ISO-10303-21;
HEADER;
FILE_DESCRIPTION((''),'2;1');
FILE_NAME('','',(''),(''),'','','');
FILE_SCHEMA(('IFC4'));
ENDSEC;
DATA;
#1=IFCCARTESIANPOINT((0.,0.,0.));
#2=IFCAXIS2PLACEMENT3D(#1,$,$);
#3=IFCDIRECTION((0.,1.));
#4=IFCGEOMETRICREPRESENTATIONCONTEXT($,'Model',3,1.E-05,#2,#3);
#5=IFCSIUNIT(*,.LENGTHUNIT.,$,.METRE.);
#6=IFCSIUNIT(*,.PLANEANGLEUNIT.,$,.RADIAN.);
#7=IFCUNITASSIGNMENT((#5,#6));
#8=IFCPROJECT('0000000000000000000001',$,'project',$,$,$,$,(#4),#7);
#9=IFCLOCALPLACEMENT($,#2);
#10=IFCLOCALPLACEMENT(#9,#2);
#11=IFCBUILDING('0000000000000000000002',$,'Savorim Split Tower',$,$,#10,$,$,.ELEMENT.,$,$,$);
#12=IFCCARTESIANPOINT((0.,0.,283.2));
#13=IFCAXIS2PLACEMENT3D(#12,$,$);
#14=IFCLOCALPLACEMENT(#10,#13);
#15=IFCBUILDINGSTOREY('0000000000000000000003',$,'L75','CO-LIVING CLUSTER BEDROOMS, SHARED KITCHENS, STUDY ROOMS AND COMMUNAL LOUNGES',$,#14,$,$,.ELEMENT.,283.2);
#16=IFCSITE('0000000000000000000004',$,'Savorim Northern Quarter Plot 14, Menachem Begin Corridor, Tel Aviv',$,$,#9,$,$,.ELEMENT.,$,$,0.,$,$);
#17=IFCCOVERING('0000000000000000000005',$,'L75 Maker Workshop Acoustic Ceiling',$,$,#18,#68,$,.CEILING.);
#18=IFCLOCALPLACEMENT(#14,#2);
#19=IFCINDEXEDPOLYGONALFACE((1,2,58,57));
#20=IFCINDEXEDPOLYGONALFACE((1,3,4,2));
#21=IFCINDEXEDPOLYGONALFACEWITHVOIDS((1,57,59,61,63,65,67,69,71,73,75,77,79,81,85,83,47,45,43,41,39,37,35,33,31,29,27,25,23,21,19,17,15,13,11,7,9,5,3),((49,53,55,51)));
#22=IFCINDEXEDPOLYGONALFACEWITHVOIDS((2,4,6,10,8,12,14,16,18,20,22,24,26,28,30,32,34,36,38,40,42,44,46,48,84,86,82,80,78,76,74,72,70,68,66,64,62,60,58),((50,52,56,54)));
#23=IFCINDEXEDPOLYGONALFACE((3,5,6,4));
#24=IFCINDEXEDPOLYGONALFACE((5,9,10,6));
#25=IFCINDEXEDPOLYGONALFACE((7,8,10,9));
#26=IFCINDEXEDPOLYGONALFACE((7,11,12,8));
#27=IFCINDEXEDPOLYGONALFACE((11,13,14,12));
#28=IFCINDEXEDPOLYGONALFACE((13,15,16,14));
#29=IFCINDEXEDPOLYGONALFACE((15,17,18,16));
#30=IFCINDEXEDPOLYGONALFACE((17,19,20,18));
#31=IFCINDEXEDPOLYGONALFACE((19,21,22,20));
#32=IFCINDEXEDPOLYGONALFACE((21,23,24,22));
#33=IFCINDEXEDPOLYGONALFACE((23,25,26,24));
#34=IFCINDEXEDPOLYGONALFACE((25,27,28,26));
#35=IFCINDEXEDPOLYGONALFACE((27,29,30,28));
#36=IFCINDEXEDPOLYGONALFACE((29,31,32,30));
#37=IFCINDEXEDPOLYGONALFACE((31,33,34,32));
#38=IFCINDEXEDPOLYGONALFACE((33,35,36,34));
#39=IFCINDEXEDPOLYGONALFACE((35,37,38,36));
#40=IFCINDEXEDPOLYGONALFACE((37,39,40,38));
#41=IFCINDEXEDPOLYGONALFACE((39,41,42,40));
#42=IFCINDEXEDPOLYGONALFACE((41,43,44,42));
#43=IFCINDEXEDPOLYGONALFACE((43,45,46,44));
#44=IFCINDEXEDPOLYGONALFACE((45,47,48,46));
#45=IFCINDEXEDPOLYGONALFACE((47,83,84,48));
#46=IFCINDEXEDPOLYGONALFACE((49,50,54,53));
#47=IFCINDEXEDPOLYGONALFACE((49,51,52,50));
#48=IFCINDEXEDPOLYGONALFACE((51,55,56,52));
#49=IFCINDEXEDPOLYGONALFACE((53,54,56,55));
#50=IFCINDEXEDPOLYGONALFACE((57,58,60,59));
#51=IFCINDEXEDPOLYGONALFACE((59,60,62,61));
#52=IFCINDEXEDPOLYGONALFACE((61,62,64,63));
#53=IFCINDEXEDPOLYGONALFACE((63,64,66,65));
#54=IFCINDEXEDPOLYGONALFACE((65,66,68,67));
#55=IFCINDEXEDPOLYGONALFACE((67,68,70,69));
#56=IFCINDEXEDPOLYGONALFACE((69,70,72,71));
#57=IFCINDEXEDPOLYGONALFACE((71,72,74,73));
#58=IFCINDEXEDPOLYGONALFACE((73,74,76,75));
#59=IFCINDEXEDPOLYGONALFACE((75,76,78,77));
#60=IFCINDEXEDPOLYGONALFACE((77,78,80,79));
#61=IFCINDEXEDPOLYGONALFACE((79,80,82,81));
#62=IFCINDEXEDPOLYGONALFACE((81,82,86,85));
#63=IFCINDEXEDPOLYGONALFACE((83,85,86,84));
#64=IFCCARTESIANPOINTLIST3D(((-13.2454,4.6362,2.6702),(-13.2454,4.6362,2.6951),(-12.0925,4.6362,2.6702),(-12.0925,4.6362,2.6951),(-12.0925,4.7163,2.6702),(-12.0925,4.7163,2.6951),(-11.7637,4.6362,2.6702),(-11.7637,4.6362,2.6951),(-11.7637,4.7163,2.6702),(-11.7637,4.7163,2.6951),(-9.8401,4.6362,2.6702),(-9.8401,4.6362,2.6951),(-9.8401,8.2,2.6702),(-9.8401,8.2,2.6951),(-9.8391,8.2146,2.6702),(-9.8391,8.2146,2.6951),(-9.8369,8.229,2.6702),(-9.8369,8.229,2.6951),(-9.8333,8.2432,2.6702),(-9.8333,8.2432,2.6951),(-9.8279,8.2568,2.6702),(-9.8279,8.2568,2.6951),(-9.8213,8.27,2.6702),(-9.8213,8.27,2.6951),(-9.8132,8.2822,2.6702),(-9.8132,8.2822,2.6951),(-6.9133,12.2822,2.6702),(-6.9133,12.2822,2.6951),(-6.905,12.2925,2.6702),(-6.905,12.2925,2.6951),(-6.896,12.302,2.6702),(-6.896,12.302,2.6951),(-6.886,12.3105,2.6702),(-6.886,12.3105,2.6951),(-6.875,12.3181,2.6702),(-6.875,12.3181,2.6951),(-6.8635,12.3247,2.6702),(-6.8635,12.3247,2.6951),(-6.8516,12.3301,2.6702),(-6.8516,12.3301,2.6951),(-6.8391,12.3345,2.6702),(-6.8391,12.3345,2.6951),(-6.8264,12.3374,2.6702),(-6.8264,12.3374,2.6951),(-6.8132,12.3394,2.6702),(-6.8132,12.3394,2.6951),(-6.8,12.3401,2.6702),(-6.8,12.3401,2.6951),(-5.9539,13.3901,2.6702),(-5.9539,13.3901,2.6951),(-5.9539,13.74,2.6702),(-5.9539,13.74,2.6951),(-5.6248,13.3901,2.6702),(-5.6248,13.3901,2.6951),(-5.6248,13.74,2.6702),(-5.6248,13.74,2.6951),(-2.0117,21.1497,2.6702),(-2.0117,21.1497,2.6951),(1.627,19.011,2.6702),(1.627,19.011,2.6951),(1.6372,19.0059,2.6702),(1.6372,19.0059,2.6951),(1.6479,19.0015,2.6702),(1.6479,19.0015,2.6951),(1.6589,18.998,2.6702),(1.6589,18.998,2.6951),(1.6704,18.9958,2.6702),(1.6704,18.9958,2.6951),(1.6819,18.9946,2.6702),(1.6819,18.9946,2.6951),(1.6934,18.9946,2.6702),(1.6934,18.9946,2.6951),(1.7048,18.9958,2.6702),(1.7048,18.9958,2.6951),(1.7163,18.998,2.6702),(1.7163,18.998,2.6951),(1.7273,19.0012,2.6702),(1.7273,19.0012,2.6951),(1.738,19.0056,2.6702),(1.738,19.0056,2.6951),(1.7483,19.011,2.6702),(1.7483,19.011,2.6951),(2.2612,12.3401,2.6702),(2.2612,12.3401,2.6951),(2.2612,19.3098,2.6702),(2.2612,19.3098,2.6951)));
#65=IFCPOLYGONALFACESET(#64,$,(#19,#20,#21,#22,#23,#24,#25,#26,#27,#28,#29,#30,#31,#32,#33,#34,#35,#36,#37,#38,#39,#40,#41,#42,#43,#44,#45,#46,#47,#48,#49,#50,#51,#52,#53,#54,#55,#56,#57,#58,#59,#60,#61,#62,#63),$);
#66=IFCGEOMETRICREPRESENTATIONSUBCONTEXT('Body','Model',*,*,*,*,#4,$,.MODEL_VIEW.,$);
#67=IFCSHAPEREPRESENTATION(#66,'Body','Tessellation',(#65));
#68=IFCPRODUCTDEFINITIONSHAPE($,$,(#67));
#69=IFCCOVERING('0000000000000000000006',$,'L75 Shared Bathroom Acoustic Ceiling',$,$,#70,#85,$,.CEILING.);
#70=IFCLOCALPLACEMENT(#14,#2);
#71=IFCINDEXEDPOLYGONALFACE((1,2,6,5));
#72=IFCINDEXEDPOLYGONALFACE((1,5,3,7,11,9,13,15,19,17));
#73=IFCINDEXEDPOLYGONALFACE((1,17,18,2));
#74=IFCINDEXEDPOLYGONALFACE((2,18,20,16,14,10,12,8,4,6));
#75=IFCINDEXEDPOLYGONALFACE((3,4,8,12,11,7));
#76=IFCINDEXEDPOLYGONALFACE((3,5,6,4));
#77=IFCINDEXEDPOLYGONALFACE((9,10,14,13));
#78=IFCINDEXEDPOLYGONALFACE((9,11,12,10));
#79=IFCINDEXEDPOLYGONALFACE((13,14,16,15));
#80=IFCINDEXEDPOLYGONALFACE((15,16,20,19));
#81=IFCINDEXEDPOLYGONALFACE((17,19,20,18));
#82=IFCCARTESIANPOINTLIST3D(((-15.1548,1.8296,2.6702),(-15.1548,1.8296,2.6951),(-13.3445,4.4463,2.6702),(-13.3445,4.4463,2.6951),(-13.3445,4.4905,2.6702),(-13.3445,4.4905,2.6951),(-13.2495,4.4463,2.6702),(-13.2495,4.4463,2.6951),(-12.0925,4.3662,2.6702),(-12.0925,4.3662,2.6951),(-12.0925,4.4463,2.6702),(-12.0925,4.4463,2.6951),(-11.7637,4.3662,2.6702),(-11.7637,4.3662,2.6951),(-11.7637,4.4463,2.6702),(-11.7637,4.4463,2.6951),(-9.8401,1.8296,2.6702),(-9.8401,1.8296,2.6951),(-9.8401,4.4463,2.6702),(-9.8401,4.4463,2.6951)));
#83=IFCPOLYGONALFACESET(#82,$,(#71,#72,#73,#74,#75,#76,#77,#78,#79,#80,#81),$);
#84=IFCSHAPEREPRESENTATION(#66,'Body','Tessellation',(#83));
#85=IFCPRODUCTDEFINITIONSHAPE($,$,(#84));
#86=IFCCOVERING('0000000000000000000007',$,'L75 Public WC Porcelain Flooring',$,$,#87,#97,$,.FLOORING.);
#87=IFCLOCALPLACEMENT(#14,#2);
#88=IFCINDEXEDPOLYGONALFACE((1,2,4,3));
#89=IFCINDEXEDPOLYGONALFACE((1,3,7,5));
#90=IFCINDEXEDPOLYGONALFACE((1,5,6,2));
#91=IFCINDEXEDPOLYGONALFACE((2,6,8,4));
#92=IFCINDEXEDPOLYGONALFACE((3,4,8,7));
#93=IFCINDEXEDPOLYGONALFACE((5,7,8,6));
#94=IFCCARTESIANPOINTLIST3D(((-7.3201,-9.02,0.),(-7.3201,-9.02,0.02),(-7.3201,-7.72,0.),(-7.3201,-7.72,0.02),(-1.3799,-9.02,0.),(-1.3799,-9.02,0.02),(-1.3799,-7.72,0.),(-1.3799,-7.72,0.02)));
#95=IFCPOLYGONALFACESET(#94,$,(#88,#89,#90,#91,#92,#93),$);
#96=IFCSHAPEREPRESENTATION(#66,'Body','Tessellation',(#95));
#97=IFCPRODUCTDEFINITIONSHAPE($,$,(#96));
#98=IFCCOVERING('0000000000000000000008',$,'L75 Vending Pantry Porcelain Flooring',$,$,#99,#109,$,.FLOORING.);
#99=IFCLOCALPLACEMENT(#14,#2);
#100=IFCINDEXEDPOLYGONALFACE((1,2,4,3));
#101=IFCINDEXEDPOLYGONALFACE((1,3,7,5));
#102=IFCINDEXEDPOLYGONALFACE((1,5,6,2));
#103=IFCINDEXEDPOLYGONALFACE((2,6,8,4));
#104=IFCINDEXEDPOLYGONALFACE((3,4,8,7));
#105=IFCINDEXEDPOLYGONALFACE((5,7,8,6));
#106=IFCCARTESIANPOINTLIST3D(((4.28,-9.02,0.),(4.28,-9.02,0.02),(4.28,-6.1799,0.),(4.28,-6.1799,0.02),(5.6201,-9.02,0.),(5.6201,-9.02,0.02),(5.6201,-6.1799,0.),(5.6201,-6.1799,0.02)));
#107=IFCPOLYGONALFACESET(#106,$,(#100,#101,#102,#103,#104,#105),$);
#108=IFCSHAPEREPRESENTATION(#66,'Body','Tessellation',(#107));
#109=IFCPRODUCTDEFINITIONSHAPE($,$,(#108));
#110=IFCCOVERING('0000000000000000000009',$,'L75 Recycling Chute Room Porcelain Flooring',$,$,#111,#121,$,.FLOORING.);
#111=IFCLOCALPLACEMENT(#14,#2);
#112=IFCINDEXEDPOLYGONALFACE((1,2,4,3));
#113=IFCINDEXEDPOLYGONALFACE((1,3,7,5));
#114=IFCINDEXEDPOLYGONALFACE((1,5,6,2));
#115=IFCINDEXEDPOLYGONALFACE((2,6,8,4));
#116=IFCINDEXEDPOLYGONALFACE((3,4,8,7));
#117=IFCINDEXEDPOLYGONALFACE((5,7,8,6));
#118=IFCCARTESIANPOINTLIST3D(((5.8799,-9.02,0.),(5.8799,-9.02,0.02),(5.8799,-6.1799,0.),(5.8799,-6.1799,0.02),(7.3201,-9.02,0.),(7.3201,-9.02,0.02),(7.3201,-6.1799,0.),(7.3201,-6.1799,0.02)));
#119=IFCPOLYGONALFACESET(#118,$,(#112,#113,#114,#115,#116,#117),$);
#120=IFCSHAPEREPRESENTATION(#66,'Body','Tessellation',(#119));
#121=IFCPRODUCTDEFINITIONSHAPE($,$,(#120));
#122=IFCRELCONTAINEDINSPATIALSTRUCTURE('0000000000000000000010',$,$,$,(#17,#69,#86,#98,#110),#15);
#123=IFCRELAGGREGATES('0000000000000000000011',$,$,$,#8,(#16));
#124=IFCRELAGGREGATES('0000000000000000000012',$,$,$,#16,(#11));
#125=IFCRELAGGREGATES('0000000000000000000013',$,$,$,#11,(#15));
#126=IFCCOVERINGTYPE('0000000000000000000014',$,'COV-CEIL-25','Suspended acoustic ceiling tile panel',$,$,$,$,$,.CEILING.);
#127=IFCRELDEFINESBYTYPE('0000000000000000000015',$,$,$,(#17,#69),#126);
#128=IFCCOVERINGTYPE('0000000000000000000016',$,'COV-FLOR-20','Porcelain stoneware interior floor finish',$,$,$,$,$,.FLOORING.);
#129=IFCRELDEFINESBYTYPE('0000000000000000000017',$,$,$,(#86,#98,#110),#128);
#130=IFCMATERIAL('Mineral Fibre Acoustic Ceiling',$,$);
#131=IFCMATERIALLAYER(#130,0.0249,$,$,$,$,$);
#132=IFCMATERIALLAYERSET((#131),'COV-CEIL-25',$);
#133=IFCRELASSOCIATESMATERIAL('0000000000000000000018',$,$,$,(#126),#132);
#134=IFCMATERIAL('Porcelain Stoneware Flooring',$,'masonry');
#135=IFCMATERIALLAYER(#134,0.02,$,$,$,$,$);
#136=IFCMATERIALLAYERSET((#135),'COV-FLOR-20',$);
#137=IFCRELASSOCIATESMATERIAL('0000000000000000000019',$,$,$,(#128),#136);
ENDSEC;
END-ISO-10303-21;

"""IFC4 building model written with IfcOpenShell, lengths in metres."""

from ifc_helpers import new_model, si_unit, direction, frame, origin, place, context, subcontext, project, spatial, polyline, outline, extrude, material, layer, layer_set, type_object, element, save


model = new_model("IFC4")

# Units and contexts
model_context = context("Model", 3, precision=1e-05, world=origin(), true_north=direction((0.0, 1.0)))
body_context = subcontext(model_context, "Body", "Model", "MODEL_VIEW")
ifc_project = project(units=[si_unit("LENGTHUNIT", "METRE"), si_unit("PLANEANGLEUNIT", "RADIAN")], contexts=[model_context])

# Site, building, storey
site_placement = place(None, origin())
site = spatial("IfcSite", under=ifc_project, at=site_placement, Name="Savorim Northern Quarter Plot 14, Menachem Begin Corridor, Tel Aviv", CompositionType="ELEMENT", RefElevation=0.0)
building_placement = place(site_placement, origin())
building = spatial("IfcBuilding", under=site, at=building_placement, Name="Savorim Split Tower", CompositionType="ELEMENT")
storey_placement = place(building_placement, frame((0.0, 0.0, 283.2)))
storey = spatial("IfcBuildingStorey", under=building, at=storey_placement, Name="L75", Description="CO-LIVING CLUSTER BEDROOMS, SHARED KITCHENS, STUDY ROOMS AND COMMUNAL LOUNGES", CompositionType="ELEMENT", Elevation=283.2)

# Coverings
ifc_material_1 = material(Name="Mineral Fibre Acoustic Ceiling")
ifc_layer_1 = layer(ifc_material_1, 0.0249)
ifc_layer_set_1 = layer_set([ifc_layer_1], Name="COV-CEIL-25")
covering_type_1 = type_object("IfcCoveringType", Name="COV-CEIL-25", Description="Suspended acoustic ceiling tile panel", PredefinedType="CEILING", material=ifc_layer_set_1)
covering_1_placement = place(storey_placement, frame((0.0, 0.0, 2.6702)))
element("IfcCovering", 1, at=covering_1_placement, inside=storey, type_object=covering_type_1, Name="L75 Maker Workshop Acoustic Ceiling", PredefinedType="CEILING", context=body_context, shape_type="SweptSolid", body=[
    extrude(outline(polyline([(1.6479, 19.0015), (1.6372, 19.0059), (1.627, 19.011), (-2.0117, 21.1497), (-13.2454, 4.6362), (-12.0925, 4.6362), (-12.0925, 4.7163), (-11.7637, 4.7163), (-11.7637, 4.6362), (-9.8401, 4.6362), (-9.8401, 8.2), (-9.8391, 8.2146), (-9.8369, 8.229), (-9.8333, 8.2432), (-9.8279, 8.2568), (-9.8213, 8.27), (-9.8132, 8.2822), (-6.9133, 12.2822), (-6.905, 12.2925), (-6.896, 12.302), (-6.886, 12.3105), (-6.875, 12.3181), (-6.8635, 12.3247), (-6.8516, 12.3301), (-6.8391, 12.3345), (-6.8264, 12.3374), (-6.8132, 12.3394), (-6.8, 12.3401), (2.2612, 12.3401), (2.2612, 19.3098), (1.7483, 19.011), (1.738, 19.0056), (1.7273, 19.0012), (1.7163, 18.998), (1.7048, 18.9958), (1.6934, 18.9946), (1.6819, 18.9946), (1.6704, 18.9958), (1.6589, 18.998), (1.6479, 19.0015)]), holes=[polyline([(-5.6248, 13.74), (-5.9539, 13.74), (-5.9539, 13.3901), (-5.6248, 13.3901), (-5.6248, 13.74)])]), origin(), (0.0, 0.0, 1.0), 0.0249),
])
covering_2_placement = place(storey_placement, frame((0.0, 0.0, 2.6702)))
element("IfcCovering", 2, at=covering_2_placement, inside=storey, type_object=covering_type_1, Name="L75 Shared Bathroom Acoustic Ceiling", PredefinedType="CEILING", context=body_context, shape_type="SweptSolid", body=[
    extrude(outline(polyline([(-12.0925, 4.4463), (-13.2495, 4.4463), (-13.3445, 4.4463), (-13.3445, 4.4905), (-15.1548, 1.8296), (-9.8401, 1.8296), (-9.8401, 4.4463), (-11.7637, 4.4463), (-11.7637, 4.3662), (-12.0925, 4.3662), (-12.0925, 4.4463)])), origin(), (0.0, 0.0, 1.0), 0.0249),
])
ifc_material_2 = material(Name="Porcelain Stoneware Flooring", Category="masonry")
ifc_layer_2 = layer(ifc_material_2, 0.02)
ifc_layer_set_2 = layer_set([ifc_layer_2], Name="COV-FLOR-20")
covering_type_2 = type_object("IfcCoveringType", Name="COV-FLOR-20", Description="Porcelain stoneware interior floor finish", PredefinedType="FLOORING", material=ifc_layer_set_2)
covering_3_placement = place(storey_placement, origin())
element("IfcCovering", 3, at=covering_3_placement, inside=storey, type_object=covering_type_2, Name="L75 Public WC Porcelain Flooring", PredefinedType="FLOORING", context=body_context, shape_type="SweptSolid", body=[
    extrude(outline(polyline([(-7.3201, -7.72), (-7.3201, -9.02), (-1.3799, -9.02), (-1.3799, -7.72), (-7.3201, -7.72)])), origin(), (0.0, 0.0, 1.0), 0.02),
])
covering_4_placement = place(storey_placement, origin())
element("IfcCovering", 4, at=covering_4_placement, inside=storey, type_object=covering_type_2, Name="L75 Vending Pantry Porcelain Flooring", PredefinedType="FLOORING", context=body_context, shape_type="SweptSolid", body=[
    extrude(outline(polyline([(4.28, -6.1799), (4.28, -9.02), (5.6201, -9.02), (5.6201, -6.1799), (4.28, -6.1799)])), origin(), (0.0, 0.0, 1.0), 0.02),
])
covering_5_placement = place(storey_placement, origin())
element("IfcCovering", 5, at=covering_5_placement, inside=storey, type_object=covering_type_2, Name="L75 Recycling Chute Room Porcelain Flooring", PredefinedType="FLOORING", context=body_context, shape_type="SweptSolid", body=[
    extrude(outline(polyline([(5.8799, -6.1799), (5.8799, -9.02), (7.3201, -9.02), (7.3201, -6.1799), (5.8799, -6.1799)])), origin(), (0.0, 0.0, 1.0), 0.02),
])

save(model, "model.ifc")
